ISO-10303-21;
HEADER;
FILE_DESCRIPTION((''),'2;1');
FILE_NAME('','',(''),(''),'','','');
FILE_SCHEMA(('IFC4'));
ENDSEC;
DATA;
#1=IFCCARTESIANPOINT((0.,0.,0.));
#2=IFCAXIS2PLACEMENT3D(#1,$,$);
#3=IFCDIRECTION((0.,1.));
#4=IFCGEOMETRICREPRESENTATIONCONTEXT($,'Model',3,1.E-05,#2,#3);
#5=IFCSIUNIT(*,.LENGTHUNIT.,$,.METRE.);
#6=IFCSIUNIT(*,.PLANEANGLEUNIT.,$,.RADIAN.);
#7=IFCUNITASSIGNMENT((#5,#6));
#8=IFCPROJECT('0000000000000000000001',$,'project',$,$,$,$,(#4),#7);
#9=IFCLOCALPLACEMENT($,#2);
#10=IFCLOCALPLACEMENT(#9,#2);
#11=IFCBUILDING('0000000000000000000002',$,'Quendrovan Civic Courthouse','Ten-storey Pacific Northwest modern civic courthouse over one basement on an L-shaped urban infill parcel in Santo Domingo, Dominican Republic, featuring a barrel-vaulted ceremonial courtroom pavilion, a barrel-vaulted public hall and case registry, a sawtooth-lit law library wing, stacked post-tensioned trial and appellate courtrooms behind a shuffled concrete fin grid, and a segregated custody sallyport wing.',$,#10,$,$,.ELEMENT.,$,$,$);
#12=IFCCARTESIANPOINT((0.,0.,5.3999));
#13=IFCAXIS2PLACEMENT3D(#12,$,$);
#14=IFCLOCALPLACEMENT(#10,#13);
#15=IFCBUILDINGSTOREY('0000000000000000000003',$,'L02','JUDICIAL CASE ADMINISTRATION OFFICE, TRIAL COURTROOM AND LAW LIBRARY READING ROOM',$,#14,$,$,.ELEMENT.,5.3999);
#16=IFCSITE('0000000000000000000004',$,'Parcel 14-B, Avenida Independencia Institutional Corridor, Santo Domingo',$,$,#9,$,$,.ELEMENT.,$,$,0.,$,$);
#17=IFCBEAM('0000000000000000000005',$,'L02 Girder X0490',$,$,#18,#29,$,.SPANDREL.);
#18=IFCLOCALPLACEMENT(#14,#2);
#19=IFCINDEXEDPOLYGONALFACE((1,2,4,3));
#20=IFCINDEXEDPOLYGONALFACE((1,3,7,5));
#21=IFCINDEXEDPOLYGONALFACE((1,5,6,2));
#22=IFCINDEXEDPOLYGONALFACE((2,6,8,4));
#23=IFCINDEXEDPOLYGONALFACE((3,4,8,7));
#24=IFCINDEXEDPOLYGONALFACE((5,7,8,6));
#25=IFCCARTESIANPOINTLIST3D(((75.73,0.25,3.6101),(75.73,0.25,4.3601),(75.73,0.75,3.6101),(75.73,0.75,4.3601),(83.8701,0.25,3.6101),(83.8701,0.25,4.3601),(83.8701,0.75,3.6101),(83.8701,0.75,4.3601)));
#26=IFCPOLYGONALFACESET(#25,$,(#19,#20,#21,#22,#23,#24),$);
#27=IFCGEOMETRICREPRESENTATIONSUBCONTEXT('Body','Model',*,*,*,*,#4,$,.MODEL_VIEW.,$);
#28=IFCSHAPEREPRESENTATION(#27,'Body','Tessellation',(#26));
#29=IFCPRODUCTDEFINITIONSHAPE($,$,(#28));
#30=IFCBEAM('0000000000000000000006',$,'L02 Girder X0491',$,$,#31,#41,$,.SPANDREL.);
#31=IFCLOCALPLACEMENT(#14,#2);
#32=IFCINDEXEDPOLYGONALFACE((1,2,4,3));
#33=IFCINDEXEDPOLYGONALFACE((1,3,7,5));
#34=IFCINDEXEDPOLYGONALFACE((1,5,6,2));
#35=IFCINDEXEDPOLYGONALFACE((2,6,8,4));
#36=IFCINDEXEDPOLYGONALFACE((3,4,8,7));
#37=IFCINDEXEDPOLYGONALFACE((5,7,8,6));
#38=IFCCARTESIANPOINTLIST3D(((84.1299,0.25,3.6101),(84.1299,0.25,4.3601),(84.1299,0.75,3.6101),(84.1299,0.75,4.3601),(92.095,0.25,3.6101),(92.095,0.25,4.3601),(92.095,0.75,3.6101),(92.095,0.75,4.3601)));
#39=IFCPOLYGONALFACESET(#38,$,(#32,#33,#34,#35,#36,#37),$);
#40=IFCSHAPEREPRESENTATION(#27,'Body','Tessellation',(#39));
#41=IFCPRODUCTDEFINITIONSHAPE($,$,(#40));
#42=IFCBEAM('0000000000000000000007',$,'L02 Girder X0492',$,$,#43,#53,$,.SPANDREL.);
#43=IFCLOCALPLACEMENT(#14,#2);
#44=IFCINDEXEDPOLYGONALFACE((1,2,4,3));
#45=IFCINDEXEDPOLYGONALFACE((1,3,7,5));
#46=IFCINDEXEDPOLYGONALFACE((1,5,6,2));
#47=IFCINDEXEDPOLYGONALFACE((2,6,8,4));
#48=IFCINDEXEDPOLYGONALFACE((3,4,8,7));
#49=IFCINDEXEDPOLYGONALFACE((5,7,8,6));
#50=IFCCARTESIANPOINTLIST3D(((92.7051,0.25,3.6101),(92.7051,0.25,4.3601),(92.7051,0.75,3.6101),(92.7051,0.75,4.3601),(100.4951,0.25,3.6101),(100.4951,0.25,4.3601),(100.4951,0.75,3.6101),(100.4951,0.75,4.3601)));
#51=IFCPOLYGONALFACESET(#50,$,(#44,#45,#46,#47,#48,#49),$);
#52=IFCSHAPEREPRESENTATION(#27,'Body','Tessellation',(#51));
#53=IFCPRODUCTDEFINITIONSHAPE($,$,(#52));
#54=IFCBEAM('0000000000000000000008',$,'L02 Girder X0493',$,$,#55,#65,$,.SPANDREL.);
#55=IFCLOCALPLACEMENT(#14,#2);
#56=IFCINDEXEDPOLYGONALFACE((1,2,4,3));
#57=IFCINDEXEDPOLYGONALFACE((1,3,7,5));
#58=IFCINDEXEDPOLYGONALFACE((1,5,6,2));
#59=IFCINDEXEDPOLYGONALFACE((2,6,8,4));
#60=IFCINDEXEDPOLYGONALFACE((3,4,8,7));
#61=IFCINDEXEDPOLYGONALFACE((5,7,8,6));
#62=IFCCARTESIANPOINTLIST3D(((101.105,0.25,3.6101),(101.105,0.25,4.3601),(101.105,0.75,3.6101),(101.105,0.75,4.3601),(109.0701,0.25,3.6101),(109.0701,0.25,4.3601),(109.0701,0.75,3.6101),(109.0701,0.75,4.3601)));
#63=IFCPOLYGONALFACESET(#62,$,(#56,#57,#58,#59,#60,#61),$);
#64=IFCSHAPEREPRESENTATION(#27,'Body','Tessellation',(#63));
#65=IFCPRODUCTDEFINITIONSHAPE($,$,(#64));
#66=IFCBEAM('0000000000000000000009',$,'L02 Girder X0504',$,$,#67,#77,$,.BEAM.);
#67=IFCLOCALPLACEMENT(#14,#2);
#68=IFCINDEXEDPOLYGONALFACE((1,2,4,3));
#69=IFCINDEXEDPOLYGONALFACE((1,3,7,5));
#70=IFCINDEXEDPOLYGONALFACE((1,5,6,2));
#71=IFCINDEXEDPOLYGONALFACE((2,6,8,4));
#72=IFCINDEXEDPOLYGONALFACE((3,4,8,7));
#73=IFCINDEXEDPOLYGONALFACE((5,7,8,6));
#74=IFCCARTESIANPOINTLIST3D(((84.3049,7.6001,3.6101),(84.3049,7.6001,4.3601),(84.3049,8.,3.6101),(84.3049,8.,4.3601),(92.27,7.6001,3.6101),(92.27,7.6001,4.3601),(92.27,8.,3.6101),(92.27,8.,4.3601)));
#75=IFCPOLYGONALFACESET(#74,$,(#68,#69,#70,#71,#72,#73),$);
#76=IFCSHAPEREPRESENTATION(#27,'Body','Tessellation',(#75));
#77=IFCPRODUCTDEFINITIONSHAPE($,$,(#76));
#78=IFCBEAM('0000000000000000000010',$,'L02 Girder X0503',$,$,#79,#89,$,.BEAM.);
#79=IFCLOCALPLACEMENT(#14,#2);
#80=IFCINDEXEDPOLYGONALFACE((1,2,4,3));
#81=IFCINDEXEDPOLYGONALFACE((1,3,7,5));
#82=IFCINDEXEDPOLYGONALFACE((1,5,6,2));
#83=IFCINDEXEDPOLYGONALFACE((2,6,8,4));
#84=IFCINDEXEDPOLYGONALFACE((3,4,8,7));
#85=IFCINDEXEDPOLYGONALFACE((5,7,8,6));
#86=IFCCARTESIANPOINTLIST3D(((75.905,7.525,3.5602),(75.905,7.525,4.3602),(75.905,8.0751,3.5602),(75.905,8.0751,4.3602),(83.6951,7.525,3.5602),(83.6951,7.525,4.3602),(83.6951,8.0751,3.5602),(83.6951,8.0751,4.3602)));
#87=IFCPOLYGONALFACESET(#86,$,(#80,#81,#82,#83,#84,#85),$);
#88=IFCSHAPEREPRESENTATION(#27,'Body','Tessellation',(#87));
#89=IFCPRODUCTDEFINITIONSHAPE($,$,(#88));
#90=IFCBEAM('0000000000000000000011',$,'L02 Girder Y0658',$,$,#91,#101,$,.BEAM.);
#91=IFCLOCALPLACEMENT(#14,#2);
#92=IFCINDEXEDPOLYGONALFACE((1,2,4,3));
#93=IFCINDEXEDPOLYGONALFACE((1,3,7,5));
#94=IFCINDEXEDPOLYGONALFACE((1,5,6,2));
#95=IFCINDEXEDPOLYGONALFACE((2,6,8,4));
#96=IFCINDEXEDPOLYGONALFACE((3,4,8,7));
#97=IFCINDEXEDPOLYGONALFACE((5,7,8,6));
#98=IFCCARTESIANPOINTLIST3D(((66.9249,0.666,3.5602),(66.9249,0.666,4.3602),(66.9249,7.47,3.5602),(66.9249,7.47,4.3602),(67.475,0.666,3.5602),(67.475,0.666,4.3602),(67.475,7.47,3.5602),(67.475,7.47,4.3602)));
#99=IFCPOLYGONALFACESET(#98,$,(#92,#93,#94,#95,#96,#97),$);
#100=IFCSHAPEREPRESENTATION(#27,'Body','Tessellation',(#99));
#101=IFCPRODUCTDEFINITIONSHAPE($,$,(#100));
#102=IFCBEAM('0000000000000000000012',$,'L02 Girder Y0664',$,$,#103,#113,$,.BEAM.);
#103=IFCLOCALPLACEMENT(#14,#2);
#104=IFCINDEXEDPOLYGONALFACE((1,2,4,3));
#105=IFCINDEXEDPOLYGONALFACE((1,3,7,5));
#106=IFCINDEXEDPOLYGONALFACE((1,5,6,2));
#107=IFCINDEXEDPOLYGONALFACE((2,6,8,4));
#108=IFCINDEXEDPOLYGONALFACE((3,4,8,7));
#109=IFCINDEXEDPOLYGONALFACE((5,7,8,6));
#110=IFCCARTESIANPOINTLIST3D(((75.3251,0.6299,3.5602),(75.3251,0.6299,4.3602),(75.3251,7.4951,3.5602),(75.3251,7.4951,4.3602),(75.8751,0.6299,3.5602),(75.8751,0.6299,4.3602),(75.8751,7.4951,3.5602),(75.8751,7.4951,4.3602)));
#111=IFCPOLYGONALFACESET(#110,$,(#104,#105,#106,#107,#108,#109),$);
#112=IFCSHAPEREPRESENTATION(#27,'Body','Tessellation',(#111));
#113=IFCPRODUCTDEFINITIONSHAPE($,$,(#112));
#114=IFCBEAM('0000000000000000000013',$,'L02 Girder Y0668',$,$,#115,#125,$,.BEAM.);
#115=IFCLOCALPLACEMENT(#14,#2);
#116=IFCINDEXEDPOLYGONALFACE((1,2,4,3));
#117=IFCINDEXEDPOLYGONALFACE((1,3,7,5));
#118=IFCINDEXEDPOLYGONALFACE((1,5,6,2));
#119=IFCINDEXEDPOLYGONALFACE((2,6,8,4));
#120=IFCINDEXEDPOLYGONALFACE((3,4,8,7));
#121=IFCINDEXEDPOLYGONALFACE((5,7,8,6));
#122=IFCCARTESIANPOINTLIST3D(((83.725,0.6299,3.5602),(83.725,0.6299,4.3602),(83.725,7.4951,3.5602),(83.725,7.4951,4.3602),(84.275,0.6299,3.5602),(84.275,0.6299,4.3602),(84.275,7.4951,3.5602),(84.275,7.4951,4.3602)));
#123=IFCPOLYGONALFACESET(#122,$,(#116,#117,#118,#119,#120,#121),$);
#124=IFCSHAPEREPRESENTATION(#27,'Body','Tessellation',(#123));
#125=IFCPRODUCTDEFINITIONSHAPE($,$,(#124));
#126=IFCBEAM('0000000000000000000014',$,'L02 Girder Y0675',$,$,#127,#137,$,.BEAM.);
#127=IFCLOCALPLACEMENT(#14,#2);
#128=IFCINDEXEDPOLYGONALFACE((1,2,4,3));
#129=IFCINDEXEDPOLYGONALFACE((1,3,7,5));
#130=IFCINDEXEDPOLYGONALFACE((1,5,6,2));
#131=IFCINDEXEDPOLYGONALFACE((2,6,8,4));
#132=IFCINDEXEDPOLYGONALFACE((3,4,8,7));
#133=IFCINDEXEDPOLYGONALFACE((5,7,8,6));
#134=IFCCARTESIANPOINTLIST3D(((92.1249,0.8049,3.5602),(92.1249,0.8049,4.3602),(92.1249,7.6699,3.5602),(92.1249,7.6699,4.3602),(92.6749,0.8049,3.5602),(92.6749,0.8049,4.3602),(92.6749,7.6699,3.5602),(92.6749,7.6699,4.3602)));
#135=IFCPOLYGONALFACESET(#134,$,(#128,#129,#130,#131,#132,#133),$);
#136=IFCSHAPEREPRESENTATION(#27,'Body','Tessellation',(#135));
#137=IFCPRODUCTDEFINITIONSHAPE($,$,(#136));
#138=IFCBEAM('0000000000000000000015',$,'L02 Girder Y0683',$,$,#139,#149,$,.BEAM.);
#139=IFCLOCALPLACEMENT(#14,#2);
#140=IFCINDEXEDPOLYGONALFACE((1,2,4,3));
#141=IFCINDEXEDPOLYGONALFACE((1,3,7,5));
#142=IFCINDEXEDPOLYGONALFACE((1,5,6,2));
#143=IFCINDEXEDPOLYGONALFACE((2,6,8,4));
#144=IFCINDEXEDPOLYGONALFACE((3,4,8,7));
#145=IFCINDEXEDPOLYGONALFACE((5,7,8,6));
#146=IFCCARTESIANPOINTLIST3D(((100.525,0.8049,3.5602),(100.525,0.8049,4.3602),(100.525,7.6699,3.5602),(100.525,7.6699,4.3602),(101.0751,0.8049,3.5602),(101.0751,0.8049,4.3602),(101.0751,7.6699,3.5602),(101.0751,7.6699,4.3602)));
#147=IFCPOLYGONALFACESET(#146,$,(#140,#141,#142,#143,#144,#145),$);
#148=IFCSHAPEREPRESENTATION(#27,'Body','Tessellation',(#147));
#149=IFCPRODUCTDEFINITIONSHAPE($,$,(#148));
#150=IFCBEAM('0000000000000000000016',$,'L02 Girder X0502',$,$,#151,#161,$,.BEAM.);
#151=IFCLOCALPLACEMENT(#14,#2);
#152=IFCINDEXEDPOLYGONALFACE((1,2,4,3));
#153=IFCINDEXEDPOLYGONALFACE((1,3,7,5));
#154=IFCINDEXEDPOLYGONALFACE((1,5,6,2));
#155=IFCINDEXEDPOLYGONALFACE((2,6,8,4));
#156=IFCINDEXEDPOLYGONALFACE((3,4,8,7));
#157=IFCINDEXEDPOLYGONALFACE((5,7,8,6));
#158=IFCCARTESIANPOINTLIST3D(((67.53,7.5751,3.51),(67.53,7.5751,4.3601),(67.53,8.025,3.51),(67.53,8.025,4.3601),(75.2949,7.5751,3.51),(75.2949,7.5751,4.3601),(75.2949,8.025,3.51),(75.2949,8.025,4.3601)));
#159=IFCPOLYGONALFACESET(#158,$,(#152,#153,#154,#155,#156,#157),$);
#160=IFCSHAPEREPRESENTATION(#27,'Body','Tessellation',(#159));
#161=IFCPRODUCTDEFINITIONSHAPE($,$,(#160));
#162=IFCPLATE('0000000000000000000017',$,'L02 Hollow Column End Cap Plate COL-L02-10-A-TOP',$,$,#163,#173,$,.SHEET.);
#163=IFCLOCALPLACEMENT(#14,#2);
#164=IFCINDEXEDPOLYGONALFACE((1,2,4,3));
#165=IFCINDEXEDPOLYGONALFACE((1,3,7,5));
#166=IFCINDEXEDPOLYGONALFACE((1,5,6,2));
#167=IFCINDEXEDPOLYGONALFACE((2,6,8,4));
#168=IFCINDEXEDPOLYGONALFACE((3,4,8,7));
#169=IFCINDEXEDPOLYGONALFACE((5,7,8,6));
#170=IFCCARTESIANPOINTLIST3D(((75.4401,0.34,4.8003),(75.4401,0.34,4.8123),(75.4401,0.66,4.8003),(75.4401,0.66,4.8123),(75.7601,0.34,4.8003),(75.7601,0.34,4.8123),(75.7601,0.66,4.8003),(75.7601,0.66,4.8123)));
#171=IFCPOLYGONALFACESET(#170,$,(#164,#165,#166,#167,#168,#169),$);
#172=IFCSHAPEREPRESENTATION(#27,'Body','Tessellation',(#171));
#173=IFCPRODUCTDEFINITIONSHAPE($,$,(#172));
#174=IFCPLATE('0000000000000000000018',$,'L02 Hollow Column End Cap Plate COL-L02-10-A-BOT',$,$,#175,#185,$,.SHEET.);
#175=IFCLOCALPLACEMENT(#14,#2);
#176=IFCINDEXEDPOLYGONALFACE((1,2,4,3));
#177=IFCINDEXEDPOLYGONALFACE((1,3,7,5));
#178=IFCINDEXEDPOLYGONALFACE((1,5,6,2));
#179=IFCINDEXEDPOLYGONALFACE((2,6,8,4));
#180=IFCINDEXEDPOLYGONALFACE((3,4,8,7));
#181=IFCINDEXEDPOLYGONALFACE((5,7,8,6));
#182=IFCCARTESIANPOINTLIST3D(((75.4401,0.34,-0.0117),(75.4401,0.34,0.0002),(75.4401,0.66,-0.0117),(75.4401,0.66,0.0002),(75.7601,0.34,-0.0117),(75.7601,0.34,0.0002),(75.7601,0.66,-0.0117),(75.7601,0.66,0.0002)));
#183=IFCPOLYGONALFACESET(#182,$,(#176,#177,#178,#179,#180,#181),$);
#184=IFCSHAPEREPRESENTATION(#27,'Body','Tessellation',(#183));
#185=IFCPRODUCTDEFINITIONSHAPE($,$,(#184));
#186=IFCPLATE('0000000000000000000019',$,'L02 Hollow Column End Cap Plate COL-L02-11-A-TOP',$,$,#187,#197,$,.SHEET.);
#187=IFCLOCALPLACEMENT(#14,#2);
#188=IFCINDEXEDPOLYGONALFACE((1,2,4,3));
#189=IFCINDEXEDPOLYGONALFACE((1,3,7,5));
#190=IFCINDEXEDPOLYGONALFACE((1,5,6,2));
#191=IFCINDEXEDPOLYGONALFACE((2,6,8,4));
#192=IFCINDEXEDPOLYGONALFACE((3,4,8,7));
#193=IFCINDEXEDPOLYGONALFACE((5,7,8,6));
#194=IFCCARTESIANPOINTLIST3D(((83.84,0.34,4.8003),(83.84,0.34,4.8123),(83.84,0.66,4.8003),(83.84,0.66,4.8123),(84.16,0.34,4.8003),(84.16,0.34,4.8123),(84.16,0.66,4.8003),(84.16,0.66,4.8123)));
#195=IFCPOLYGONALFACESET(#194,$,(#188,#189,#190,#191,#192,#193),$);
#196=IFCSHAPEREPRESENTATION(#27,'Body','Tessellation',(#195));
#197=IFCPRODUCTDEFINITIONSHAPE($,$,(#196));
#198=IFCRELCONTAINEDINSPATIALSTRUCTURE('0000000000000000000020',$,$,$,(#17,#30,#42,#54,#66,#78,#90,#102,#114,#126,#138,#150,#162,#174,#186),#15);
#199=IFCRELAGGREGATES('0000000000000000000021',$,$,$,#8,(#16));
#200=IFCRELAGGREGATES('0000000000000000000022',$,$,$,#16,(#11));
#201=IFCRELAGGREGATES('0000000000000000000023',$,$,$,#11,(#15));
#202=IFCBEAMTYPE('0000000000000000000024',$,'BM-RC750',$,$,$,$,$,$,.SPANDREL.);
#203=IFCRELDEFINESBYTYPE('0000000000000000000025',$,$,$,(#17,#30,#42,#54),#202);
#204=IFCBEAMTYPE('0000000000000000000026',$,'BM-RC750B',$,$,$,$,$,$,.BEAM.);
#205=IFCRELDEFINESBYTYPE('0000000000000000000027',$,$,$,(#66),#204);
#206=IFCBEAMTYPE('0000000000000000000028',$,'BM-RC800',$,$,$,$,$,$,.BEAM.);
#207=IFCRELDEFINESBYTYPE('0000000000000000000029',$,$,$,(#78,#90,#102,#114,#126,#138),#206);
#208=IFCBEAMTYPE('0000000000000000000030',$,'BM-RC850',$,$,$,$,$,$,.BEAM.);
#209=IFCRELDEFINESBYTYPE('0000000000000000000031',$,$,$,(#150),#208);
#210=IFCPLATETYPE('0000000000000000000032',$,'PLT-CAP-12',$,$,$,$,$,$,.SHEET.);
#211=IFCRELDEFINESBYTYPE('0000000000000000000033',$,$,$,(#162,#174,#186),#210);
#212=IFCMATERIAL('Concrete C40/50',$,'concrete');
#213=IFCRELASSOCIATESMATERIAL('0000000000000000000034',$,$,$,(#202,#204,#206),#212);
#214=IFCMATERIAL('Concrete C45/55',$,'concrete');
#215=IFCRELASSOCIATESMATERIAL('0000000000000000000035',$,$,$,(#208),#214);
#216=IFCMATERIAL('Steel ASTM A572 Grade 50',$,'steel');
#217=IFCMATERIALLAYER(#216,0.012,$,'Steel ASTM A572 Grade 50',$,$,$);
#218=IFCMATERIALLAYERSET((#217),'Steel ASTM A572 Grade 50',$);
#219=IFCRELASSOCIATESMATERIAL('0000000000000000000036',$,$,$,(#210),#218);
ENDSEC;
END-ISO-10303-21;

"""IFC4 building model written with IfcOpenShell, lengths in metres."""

from ifc_helpers import new_model, si_unit, direction, frame, origin, origin_2d, place, context, subcontext, project, spatial, rectangle, extrude, material, layer, layer_set, material_profile, profile_set, type_object, element, save


model = new_model("IFC4")

# Units and contexts
model_context = context("Model", 3, precision=1e-05, world=origin(), true_north=direction((0.0, 1.0)))
body_context = subcontext(model_context, "Body", "Model", "MODEL_VIEW")
ifc_project = project(units=[si_unit("LENGTHUNIT", "METRE"), si_unit("PLANEANGLEUNIT", "RADIAN")], contexts=[model_context])

# Site, building, storey
site_placement = place(None, origin())
site = spatial("IfcSite", under=ifc_project, at=site_placement, Name="Parcel 14-B, Avenida Independencia Institutional Corridor, Santo Domingo", CompositionType="ELEMENT", RefElevation=0.0)
building_placement = place(site_placement, origin())
building = spatial("IfcBuilding", under=site, at=building_placement, Name="Quendrovan Civic Courthouse", Description="Ten-storey Pacific Northwest modern civic courthouse over one basement on an L-shaped urban infill parcel in Santo Domingo, Dominican Republic, featuring a barrel-vaulted ceremonial courtroom pavilion, a barrel-vaulted public hall and case registry, a sawtooth-lit law library wing, stacked post-tensioned trial and appellate courtrooms behind a shuffled concrete fin grid, and a segregated custody sallyport wing.", CompositionType="ELEMENT")
storey_placement = place(building_placement, frame((0.0, 0.0, 5.3999)))
storey = spatial("IfcBuildingStorey", under=building, at=storey_placement, Name="L02", Description="JUDICIAL CASE ADMINISTRATION OFFICE, TRIAL COURTROOM AND LAW LIBRARY READING ROOM", CompositionType="ELEMENT", Elevation=5.3999)

# Shared definitions
ifc_material_1 = material(Name="Concrete C45/55", Category="concrete")

# Beams
ifc_material_2 = material(Name="Concrete C40/50", Category="concrete")
ifc_material_profile_1 = material_profile(ifc_material_2, rectangle(XDim=0.5, YDim=0.75, at=origin_2d()), Name="RC-BM-500x750")
ifc_profile_set_1 = profile_set([ifc_material_profile_1], Name="Concrete C40/50")
beam_type_1 = type_object("IfcBeamType", Name="BM-RC750", PredefinedType="SPANDREL", material=ifc_profile_set_1)
beam_1_placement = place(storey_placement, frame((75.73, 0.5, 3.9851), z_axis=(1.0, 0.0, 0.0), x_axis=(0.0, 1.0, 0.0)))
element("IfcBeam", 1, at=beam_1_placement, inside=storey, type_object=beam_type_1, Name="L02 Girder X0490", PredefinedType="SPANDREL", context=body_context, shape_type="SweptSolid", body=[
    extrude(rectangle(XDim=0.5, YDim=0.75, at=origin_2d()), origin(), (0.0, 0.0, 1.0), 8.1401),
])
beam_2_placement = place(storey_placement, frame((84.1299, 0.5, 3.9851), z_axis=(1.0, 0.0, 0.0), x_axis=(0.0, 1.0, 0.0)))
element("IfcBeam", 2, at=beam_2_placement, inside=storey, type_object=beam_type_1, Name="L02 Girder X0491", PredefinedType="SPANDREL", context=body_context, shape_type="SweptSolid", body=[
    extrude(rectangle(XDim=0.5, YDim=0.75, at=origin_2d()), origin(), (0.0, 0.0, 1.0), 7.9651),
])
beam_3_placement = place(storey_placement, frame((92.7051, 0.5, 3.9851), z_axis=(1.0, 0.0, 0.0), x_axis=(0.0, 1.0, 0.0)))
element("IfcBeam", 3, at=beam_3_placement, inside=storey, type_object=beam_type_1, Name="L02 Girder X0492", PredefinedType="SPANDREL", context=body_context, shape_type="SweptSolid", body=[
    extrude(rectangle(XDim=0.5, YDim=0.75, at=origin_2d()), origin(), (0.0, 0.0, 1.0), 7.79),
])
beam_4_placement = place(storey_placement, frame((101.105, 0.5, 3.9851), z_axis=(1.0, 0.0, 0.0), x_axis=(0.0, 1.0, 0.0)))
element("IfcBeam", 4, at=beam_4_placement, inside=storey, type_object=beam_type_1, Name="L02 Girder X0493", PredefinedType="SPANDREL", context=body_context, shape_type="SweptSolid", body=[
    extrude(rectangle(XDim=0.5, YDim=0.75, at=origin_2d()), origin(), (0.0, 0.0, 1.0), 7.9651),
])
ifc_material_profile_2 = material_profile(ifc_material_2, rectangle(XDim=0.3999, YDim=0.75, at=origin_2d()), Name="RC-BM-400x750")
ifc_profile_set_2 = profile_set([ifc_material_profile_2], Name="Concrete C40/50")
beam_type_2 = type_object("IfcBeamType", Name="BM-RC750B", PredefinedType="BEAM", material=ifc_profile_set_2)
beam_5_placement = place(storey_placement, frame((84.3049, 7.8, 3.9851), z_axis=(1.0, 0.0, 0.0), x_axis=(0.0, 1.0, 0.0)))
element("IfcBeam", 5, at=beam_5_placement, inside=storey, type_object=beam_type_2, Name="L02 Girder X0504", PredefinedType="BEAM", context=body_context, shape_type="SweptSolid", body=[
    extrude(rectangle(XDim=0.3999, YDim=0.75, at=origin_2d()), origin(), (0.0, 0.0, 1.0), 7.9651),
])
ifc_material_profile_3 = material_profile(ifc_material_2, rectangle(XDim=0.55, YDim=0.8, at=origin_2d()), Name="RC-BM-550x800")
ifc_profile_set_3 = profile_set([ifc_material_profile_3], Name="Concrete C40/50")
beam_type_3 = type_object("IfcBeamType", Name="BM-RC800", PredefinedType="BEAM", material=ifc_profile_set_3)
beam_6_placement = place(storey_placement, frame((75.905, 7.8, 3.9602), z_axis=(1.0, 0.0, 0.0), x_axis=(0.0, 1.0, 0.0)))
element("IfcBeam", 6, at=beam_6_placement, inside=storey, type_object=beam_type_3, Name="L02 Girder X0503", PredefinedType="BEAM", context=body_context, shape_type="SweptSolid", body=[
    extrude(rectangle(XDim=0.55, YDim=0.8, at=origin_2d()), origin(), (0.0, 0.0, 1.0), 7.79),
])
beam_7_placement = place(storey_placement, frame((67.2, 0.666, 3.9602), z_axis=(0.0, 1.0, 0.0), x_axis=(-1.0, 0.0, 0.0)))
element("IfcBeam", 7, at=beam_7_placement, inside=storey, type_object=beam_type_3, Name="L02 Girder Y0658", PredefinedType="BEAM", context=body_context, shape_type="SweptSolid", body=[
    extrude(rectangle(XDim=0.55, YDim=0.8, at=origin_2d()), origin(), (0.0, 0.0, 1.0), 6.804),
])
for number, where, z_axis, x_axis, name in (
    (8, (75.6001, 0.6299, 3.9602), (0.0, 1.0, 0.0), (-1.0, 0.0, 0.0), "L02 Girder Y0664"),
    (9, (84.0, 0.6299, 3.9602), (0.0, 1.0, 0.0), (-1.0, 0.0, 0.0), "L02 Girder Y0668"),
):
    element("IfcBeam", number, at=place(storey_placement, frame(where, z_axis=z_axis, x_axis=x_axis)), inside=storey, type_object=beam_type_3, Name=name, PredefinedType="BEAM", context=body_context, shape_type="SweptSolid", body=[
        extrude(rectangle(XDim=0.55, YDim=0.8, at=origin_2d()), origin(), (0.0, 0.0, 1.0), 6.8652),
    ])
for number, where, z_axis, x_axis, name in (
    (10, (92.3999, 0.8049, 3.9602), (0.0, 1.0, 0.0), (-1.0, 0.0, 0.0), "L02 Girder Y0675"),
    (11, (100.8, 0.8049, 3.9602), (0.0, 1.0, 0.0), (-1.0, 0.0, 0.0), "L02 Girder Y0683"),
):
    element("IfcBeam", number, at=place(storey_placement, frame(where, z_axis=z_axis, x_axis=x_axis)), inside=storey, type_object=beam_type_3, Name=name, PredefinedType="BEAM", context=body_context, shape_type="SweptSolid", body=[
        extrude(rectangle(XDim=0.55, YDim=0.8, at=origin_2d()), origin(), (0.0, 0.0, 1.0), 6.865),
    ])
ifc_material_profile_4 = material_profile(ifc_material_1, rectangle(XDim=0.45, YDim=0.8501, at=origin_2d()), Name="RC-BM-450x850")
ifc_profile_set_4 = profile_set([ifc_material_profile_4], Name="Concrete C45/55")
beam_type_4 = type_object("IfcBeamType", Name="BM-RC850", PredefinedType="BEAM", material=ifc_profile_set_4)
beam_8_placement = place(storey_placement, frame((67.53, 7.8, 3.9351), z_axis=(1.0, 0.0, 0.0), x_axis=(0.0, 1.0, 0.0)))
element("IfcBeam", 12, at=beam_8_placement, inside=storey, type_object=beam_type_4, Name="L02 Girder X0502", PredefinedType="BEAM", context=body_context, shape_type="SweptSolid", body=[
    extrude(rectangle(XDim=0.45, YDim=0.8501, at=origin_2d()), origin(), (0.0, 0.0, 1.0), 7.7649),
])

# Plates
ifc_material_3 = material(Name="Steel ASTM A572 Grade 50", Category="steel")
ifc_layer_1 = layer(ifc_material_3, 0.012, Name="Steel ASTM A572 Grade 50")
ifc_layer_set_1 = layer_set([ifc_layer_1], Name="Steel ASTM A572 Grade 50")
plate_type = type_object("IfcPlateType", Name="PLT-CAP-12", PredefinedType="SHEET", material=ifc_layer_set_1)
for number, where, z_axis, x_axis, name in (
    (13, (75.6001, 0.5, 4.8003), (0.0, 0.0, 1.0), (1.0, 0.0, 0.0), "L02 Hollow Column End Cap Plate COL-L02-10-A-TOP"),
    (14, (75.6001, 0.5, -0.0117), (0.0, 0.0, 1.0), (1.0, 0.0, 0.0), "L02 Hollow Column End Cap Plate COL-L02-10-A-BOT"),
    (15, (84.0, 0.5, 4.8003), (0.0, 0.0, 1.0), (1.0, 0.0, 0.0), "L02 Hollow Column End Cap Plate COL-L02-11-A-TOP"),
):
    element("IfcPlate", number, at=place(storey_placement, frame(where, z_axis=z_axis, x_axis=x_axis)), inside=storey, type_object=plate_type, Name=name, PredefinedType="SHEET", context=body_context, shape_type="SweptSolid", body=[
        extrude(rectangle(XDim=0.3201, YDim=0.3201, at=origin_2d()), origin(), (0.0, 0.0, 1.0), 0.012),
    ])

save(model, "model.ifc")
